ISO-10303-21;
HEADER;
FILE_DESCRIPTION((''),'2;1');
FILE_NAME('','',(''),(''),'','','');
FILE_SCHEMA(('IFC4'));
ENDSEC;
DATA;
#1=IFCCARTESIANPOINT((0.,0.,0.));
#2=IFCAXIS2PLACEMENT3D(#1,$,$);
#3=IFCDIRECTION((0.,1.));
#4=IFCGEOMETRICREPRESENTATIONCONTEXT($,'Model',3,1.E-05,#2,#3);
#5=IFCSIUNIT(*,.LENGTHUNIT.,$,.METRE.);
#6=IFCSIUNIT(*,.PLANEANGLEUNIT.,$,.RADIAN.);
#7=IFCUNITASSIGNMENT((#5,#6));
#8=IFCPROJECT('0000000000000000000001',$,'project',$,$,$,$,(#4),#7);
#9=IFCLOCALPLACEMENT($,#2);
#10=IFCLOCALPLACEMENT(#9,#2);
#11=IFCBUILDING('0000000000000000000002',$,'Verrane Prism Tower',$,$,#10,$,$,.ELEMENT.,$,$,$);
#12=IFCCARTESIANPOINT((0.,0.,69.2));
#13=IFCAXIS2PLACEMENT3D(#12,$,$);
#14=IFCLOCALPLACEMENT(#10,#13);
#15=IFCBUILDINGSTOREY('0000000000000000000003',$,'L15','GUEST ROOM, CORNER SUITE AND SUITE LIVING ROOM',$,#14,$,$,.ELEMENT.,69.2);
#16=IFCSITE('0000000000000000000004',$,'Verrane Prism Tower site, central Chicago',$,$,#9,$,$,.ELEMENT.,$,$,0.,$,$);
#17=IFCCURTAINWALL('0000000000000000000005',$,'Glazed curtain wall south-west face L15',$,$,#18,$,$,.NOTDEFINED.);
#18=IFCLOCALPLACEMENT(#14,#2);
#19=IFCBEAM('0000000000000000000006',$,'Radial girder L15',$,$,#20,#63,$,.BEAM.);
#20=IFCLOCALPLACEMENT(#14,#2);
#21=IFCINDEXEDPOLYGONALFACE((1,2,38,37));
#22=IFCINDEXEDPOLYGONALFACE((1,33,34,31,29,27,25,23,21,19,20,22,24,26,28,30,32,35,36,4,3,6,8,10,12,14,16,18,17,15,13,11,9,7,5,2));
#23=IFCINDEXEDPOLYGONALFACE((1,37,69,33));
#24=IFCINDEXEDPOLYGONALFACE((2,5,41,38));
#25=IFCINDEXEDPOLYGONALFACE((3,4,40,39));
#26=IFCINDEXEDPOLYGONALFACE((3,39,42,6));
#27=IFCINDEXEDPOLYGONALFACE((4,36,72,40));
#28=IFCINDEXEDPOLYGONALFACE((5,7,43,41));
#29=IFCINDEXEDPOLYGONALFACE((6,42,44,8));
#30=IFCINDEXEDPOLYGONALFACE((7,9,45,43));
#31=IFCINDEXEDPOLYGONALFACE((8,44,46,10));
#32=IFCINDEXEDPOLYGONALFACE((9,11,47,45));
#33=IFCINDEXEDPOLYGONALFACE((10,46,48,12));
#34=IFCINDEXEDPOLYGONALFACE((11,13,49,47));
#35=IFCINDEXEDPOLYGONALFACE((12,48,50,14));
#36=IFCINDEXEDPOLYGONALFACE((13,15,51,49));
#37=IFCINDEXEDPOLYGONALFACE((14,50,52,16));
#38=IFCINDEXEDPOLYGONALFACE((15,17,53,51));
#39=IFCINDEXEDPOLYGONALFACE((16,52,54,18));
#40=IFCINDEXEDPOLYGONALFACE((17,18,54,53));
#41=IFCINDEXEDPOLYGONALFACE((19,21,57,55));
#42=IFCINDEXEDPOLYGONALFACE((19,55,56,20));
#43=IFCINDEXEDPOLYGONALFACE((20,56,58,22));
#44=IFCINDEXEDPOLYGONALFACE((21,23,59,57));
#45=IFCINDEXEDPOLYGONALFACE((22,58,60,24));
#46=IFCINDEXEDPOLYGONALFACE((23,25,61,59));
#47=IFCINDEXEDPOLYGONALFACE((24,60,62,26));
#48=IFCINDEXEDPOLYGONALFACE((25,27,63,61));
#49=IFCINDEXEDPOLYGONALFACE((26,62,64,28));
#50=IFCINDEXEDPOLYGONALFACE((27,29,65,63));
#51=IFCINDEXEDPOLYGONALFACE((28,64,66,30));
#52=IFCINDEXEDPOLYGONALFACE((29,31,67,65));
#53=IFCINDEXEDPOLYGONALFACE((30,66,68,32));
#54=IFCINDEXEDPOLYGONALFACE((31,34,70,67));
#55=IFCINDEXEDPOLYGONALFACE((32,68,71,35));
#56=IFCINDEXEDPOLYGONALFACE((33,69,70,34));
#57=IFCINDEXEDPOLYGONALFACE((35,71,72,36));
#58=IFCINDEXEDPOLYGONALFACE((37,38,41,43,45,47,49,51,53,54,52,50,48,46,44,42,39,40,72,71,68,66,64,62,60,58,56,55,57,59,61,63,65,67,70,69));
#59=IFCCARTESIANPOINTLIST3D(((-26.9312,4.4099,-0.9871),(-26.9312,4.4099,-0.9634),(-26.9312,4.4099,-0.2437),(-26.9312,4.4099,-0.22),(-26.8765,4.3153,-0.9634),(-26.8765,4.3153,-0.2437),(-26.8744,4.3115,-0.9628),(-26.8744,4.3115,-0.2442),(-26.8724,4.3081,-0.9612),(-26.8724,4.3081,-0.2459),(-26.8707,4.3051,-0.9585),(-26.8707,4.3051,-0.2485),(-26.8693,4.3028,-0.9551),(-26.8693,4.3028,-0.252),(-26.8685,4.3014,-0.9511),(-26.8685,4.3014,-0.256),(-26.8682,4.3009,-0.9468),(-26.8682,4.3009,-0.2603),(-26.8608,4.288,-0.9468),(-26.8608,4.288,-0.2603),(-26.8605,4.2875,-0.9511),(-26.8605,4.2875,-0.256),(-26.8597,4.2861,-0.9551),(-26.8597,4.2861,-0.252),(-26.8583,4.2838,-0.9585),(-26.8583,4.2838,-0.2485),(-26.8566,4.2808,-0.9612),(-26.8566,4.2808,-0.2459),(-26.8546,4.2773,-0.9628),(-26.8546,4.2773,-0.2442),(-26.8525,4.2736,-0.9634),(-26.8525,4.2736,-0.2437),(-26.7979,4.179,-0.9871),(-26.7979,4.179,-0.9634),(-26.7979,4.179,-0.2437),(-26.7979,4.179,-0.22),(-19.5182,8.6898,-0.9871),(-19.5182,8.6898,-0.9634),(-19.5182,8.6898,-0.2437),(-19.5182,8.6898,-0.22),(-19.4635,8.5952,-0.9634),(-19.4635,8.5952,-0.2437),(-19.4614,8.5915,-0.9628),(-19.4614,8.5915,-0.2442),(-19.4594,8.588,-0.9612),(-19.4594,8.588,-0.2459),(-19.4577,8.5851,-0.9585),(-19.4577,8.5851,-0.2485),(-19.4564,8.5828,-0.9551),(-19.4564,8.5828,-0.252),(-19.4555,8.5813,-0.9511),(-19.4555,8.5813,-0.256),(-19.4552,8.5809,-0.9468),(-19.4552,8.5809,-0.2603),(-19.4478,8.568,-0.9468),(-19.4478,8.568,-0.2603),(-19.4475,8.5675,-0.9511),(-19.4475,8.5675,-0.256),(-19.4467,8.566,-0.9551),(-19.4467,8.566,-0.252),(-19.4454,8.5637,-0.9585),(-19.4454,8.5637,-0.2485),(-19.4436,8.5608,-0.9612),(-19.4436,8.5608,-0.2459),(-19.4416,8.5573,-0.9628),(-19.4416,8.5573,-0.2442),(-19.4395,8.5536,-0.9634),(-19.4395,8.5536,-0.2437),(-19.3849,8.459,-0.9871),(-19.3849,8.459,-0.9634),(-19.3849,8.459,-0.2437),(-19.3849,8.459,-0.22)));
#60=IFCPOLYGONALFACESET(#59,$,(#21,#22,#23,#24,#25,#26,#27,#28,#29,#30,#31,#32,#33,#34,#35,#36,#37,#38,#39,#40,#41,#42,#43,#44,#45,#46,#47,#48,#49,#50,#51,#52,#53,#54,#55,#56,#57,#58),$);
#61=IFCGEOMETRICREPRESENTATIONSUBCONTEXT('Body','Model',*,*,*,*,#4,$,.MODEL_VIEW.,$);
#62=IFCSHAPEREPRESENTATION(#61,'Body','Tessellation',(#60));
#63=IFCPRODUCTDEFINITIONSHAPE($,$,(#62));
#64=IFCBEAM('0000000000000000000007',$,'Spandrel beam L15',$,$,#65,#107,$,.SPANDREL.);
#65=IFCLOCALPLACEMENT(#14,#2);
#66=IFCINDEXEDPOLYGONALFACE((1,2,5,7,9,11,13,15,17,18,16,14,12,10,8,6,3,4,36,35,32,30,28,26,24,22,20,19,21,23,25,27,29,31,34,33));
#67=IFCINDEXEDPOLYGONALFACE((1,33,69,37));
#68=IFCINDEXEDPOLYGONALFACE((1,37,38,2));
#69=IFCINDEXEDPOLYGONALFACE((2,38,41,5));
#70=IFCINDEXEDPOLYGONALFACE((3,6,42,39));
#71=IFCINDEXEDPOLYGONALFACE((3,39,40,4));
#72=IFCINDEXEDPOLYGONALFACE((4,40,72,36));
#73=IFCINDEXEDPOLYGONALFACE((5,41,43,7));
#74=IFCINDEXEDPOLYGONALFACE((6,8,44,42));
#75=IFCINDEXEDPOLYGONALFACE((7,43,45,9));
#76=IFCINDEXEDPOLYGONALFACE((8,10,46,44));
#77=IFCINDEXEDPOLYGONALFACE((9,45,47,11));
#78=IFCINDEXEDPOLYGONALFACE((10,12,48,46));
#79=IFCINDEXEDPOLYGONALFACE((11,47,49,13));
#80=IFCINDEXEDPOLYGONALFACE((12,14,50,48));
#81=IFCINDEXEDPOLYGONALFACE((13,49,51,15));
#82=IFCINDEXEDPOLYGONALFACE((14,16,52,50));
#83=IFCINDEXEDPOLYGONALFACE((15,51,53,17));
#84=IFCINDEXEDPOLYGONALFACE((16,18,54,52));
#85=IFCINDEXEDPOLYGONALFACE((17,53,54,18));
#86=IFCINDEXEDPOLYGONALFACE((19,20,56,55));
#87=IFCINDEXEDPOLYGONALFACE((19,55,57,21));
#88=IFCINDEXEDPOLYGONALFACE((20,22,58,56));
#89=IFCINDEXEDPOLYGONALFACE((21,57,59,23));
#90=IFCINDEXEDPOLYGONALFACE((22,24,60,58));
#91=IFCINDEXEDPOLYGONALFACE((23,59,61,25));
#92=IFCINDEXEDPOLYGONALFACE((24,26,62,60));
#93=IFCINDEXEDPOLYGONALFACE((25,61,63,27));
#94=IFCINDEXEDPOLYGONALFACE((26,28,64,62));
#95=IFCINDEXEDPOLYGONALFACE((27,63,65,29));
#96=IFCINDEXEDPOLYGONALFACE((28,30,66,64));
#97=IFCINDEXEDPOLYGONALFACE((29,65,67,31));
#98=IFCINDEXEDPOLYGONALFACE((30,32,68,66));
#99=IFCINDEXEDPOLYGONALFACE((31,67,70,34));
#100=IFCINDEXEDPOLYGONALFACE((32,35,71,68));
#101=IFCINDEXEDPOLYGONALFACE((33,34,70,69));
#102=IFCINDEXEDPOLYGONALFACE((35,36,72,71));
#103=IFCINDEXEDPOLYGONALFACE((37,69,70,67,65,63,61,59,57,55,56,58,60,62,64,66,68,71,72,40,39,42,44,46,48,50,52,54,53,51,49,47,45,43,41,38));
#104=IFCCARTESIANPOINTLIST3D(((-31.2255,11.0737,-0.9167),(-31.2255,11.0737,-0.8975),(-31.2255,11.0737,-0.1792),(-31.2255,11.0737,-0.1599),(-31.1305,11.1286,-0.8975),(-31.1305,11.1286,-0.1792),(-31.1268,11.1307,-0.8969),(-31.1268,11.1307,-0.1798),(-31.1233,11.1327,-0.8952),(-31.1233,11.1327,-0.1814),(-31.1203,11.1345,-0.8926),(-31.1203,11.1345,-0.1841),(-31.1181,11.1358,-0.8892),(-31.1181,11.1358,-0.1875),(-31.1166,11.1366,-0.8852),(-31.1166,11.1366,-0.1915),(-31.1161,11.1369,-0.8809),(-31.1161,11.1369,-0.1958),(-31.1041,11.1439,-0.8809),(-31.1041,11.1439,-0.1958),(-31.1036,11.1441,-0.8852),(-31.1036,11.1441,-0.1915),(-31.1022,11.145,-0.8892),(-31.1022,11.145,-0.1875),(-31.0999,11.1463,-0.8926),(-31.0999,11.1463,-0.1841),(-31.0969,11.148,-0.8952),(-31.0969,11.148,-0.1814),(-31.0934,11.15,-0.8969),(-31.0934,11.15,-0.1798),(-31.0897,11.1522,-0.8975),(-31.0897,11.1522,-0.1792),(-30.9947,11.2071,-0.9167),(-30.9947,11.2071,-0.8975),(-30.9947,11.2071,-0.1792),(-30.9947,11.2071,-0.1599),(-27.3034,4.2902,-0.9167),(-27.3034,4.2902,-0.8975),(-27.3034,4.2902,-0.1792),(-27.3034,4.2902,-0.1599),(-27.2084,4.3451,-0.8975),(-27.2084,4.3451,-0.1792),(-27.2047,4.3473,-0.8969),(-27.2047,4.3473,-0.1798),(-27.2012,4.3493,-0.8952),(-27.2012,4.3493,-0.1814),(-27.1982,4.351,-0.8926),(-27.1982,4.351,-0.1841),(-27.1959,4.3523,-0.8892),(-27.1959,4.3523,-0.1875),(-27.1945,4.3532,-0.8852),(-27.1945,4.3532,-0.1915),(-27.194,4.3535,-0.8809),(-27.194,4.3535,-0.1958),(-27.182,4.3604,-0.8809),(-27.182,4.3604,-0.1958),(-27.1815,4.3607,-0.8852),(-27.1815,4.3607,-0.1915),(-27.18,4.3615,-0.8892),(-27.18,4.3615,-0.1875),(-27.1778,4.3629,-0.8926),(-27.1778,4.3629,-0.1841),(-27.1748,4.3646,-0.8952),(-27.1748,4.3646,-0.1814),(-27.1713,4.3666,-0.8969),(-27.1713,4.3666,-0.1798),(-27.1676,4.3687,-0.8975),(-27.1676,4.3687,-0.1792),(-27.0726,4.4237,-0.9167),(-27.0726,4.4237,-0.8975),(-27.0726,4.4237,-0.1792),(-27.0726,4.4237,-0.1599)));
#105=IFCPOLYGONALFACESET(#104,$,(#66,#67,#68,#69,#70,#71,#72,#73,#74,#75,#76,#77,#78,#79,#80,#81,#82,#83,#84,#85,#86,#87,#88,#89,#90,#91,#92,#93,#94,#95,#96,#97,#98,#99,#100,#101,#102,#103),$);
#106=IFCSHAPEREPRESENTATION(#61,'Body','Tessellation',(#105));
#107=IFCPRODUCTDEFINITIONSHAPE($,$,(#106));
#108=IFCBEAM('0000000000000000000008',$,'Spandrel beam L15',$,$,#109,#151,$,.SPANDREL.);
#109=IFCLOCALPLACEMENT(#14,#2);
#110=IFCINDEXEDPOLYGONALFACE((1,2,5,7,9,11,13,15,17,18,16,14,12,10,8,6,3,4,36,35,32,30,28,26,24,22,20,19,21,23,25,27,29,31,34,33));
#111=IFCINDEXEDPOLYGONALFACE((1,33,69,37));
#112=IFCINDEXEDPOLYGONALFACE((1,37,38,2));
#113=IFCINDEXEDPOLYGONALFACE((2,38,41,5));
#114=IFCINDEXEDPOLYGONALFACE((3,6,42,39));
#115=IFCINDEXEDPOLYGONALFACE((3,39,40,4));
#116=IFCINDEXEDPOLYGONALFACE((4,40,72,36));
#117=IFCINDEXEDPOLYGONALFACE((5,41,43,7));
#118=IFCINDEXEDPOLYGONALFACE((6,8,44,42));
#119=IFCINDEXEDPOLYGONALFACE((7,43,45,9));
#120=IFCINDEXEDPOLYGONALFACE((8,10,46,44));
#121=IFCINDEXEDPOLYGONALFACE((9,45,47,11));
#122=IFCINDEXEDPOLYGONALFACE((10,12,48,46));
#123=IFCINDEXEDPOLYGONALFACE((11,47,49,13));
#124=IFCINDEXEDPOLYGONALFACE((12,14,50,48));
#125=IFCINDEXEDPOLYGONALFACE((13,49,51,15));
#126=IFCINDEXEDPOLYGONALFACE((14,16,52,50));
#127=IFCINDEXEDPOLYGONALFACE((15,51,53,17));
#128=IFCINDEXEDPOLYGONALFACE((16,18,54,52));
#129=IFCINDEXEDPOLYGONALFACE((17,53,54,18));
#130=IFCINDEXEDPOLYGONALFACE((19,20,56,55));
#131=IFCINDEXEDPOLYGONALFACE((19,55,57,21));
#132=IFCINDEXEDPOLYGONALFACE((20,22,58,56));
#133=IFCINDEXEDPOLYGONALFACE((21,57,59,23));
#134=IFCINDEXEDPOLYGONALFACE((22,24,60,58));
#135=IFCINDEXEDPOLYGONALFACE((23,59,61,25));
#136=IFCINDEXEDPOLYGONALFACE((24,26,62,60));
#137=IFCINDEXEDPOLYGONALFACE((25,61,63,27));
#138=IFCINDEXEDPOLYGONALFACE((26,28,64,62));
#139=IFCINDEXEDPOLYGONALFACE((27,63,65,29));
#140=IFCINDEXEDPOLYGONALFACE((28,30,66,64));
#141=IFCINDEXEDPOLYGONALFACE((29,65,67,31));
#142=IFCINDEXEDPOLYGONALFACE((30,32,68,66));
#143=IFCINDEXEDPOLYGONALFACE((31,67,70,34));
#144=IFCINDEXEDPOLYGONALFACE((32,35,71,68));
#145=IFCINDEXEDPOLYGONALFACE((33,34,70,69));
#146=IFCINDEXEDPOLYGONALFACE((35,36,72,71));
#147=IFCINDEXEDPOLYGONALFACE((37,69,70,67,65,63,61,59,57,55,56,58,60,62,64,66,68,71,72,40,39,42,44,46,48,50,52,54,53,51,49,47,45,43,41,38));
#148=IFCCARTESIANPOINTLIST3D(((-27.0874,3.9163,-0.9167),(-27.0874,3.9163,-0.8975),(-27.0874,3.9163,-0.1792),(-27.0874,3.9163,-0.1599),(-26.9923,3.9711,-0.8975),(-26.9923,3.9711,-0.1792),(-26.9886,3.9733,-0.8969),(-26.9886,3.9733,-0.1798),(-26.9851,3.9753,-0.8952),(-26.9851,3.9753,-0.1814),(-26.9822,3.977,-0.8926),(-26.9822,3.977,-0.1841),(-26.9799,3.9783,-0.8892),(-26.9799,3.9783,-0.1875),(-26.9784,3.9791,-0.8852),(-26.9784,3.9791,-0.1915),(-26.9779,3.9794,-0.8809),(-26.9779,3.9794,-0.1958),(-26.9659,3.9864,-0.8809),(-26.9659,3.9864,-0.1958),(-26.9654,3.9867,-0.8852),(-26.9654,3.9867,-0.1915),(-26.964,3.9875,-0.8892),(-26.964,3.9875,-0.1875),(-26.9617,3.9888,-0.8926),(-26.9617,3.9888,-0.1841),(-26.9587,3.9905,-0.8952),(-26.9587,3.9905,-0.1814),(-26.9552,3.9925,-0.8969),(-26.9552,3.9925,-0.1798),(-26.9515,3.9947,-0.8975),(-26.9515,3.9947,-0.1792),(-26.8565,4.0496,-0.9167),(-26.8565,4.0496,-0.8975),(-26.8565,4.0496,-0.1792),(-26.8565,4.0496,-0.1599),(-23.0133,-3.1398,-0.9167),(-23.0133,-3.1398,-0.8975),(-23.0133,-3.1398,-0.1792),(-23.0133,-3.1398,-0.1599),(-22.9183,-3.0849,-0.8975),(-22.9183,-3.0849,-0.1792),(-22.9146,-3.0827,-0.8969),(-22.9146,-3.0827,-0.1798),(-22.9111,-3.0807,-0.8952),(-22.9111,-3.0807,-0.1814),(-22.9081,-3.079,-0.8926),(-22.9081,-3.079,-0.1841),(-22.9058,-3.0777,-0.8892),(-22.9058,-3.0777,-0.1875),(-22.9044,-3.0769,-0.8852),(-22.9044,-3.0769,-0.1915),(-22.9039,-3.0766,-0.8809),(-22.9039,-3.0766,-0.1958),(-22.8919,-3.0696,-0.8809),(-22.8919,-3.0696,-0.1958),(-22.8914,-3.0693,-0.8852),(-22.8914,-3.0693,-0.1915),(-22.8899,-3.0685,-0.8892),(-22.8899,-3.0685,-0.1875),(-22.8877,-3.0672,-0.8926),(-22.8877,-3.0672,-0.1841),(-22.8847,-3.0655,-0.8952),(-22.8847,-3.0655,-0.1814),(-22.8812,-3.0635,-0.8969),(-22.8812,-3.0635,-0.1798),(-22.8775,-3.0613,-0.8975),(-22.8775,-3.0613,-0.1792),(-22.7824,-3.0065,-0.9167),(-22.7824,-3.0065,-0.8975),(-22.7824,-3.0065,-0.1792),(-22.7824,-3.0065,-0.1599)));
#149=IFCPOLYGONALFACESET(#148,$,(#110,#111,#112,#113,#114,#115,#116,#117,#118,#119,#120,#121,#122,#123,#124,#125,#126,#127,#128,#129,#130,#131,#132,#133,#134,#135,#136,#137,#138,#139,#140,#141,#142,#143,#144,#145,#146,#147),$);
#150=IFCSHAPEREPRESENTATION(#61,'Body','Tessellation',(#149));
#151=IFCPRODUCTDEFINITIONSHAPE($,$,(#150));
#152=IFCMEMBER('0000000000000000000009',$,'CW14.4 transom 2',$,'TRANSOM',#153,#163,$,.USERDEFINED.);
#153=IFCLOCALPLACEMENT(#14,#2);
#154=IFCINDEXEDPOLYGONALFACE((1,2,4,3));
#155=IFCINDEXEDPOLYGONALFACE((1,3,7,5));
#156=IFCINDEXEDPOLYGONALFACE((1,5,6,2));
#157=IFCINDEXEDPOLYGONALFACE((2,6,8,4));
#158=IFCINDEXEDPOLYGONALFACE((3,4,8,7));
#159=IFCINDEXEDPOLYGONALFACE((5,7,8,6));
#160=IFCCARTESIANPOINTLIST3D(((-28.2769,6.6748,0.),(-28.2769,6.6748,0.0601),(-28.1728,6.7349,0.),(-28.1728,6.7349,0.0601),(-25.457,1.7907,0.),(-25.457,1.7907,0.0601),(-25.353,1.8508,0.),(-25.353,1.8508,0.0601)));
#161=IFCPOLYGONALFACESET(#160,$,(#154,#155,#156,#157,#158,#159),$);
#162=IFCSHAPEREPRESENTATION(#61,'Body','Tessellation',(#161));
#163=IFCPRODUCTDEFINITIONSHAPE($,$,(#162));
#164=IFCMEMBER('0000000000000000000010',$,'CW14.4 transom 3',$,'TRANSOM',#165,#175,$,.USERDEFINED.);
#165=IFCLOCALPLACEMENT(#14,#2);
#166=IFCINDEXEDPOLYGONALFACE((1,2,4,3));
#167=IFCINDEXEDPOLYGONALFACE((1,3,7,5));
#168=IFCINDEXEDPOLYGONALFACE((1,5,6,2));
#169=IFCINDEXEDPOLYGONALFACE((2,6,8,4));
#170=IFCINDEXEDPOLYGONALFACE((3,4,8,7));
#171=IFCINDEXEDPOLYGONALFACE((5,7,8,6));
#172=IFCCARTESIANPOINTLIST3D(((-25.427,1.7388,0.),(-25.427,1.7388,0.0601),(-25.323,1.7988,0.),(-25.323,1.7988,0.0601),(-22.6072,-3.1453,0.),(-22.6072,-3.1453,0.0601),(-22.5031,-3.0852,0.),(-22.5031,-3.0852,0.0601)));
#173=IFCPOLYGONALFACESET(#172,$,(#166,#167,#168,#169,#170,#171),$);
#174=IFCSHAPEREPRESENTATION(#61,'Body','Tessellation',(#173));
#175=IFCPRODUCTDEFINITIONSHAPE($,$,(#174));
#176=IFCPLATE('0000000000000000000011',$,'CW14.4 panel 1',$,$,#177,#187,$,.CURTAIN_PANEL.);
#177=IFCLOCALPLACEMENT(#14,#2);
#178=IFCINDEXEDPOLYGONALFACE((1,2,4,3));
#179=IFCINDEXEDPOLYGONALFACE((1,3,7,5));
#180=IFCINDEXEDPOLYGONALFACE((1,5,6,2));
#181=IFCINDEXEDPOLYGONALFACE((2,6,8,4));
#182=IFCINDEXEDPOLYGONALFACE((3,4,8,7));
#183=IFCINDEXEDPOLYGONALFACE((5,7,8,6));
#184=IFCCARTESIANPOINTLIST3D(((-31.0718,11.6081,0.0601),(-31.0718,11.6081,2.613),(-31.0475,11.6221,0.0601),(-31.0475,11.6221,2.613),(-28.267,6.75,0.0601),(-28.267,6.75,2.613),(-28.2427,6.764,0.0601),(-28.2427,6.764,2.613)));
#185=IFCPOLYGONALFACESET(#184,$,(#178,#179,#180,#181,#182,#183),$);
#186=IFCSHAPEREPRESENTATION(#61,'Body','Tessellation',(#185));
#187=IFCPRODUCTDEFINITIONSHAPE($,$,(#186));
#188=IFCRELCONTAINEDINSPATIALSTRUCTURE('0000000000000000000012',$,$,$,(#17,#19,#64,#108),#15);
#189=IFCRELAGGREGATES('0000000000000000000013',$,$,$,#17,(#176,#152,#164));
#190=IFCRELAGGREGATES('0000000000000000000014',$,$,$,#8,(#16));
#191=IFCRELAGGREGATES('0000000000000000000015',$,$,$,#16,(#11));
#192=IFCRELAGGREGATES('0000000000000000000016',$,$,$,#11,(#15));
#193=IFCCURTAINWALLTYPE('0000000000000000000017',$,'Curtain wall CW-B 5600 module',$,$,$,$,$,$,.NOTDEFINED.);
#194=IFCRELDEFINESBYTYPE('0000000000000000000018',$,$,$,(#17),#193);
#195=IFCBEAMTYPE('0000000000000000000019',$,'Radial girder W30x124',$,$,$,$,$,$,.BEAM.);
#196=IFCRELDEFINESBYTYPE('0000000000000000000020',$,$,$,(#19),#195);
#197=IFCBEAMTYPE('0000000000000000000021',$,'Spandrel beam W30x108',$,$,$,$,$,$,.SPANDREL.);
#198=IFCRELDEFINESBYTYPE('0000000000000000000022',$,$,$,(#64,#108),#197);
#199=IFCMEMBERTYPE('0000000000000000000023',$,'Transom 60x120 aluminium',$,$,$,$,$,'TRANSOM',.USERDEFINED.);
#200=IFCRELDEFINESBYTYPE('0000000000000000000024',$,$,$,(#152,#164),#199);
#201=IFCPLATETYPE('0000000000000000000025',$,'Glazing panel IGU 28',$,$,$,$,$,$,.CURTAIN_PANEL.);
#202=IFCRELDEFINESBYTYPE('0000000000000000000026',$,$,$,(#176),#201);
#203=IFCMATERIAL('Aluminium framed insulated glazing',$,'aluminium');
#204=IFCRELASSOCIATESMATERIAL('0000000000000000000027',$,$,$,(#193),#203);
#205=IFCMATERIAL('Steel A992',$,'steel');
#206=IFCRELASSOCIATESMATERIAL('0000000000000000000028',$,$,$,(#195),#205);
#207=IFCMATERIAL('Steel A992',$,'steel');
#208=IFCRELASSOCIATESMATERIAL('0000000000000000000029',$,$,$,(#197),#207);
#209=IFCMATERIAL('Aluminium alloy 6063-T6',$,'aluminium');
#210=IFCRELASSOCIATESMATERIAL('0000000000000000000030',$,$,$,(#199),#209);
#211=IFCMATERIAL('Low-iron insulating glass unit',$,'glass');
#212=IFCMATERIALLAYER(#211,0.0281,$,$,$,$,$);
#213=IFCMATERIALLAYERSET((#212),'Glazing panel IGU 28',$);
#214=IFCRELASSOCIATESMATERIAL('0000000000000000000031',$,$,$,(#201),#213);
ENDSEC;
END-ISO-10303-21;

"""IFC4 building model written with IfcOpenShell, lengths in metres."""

from ifc_helpers import new_model, si_unit, direction, frame, origin, origin_2d, place, context, subcontext, project, spatial, rectangle, i_section, extrude, material, layer, layer_set, material_profile, profile_set, type_object, element, aggregate, save


model = new_model("IFC4")

# Units and contexts
model_context = context("Model", 3, precision=1e-05, world=origin(), true_north=direction((0.0, 1.0)))
body_context = subcontext(model_context, "Body", "Model", "MODEL_VIEW")
ifc_project = project(units=[si_unit("LENGTHUNIT", "METRE"), si_unit("PLANEANGLEUNIT", "RADIAN")], contexts=[model_context])

# Site, building, storey
site_placement = place(None, origin())
site = spatial("IfcSite", under=ifc_project, at=site_placement, Name="Verrane Prism Tower site, central Chicago", CompositionType="ELEMENT", RefElevation=0.0)
building_placement = place(site_placement, origin())
building = spatial("IfcBuilding", under=site, at=building_placement, Name="Verrane Prism Tower", CompositionType="ELEMENT")
storey_placement = place(building_placement, frame((0.0, 0.0, 69.2)))
storey = spatial("IfcBuildingStorey", under=building, at=storey_placement, Name="L15", Description="GUEST ROOM, CORNER SUITE AND SUITE LIVING ROOM", CompositionType="ELEMENT", Elevation=69.2)

# Curtain wall
ifc_material_1 = material(Name="Aluminium framed insulated glazing", Category="aluminium")
curtain_wall_type = type_object("IfcCurtainWallType", Name="Curtain wall CW-B 5600 module", PredefinedType="NOTDEFINED", material=ifc_material_1)
curtain_wall_placement = place(storey_placement, origin())
curtain_wall = element("IfcCurtainWall", 1, at=curtain_wall_placement, inside=storey, type_object=curtain_wall_type, Name="Glazed curtain wall south-west face L15", PredefinedType="NOTDEFINED")

# Beams
ifc_material_2 = material(Name="Steel A992", Category="steel")
ifc_material_profile_1 = material_profile(ifc_material_2, i_section(OverallWidth=0.2666, OverallDepth=0.7671, WebThickness=0.0149, FlangeThickness=0.0237, FilletRadius=0.0166, at=origin_2d()), Name="W30x124")
ifc_profile_set_1 = profile_set([ifc_material_profile_1], Name="Steel A992")
beam_type_1 = type_object("IfcBeamType", Name="Radial girder W30x124", PredefinedType="BEAM", material=ifc_profile_set_1)
beam_1_placement = place(storey_placement, frame((-26.8645, 4.2944, -0.6035), z_axis=(0.866021, 0.500007, 0.0), x_axis=(-0.500007, 0.866021, 0.0)))
element("IfcBeam", 2, at=beam_1_placement, inside=storey, type_object=beam_type_1, Name="Radial girder L15", PredefinedType="BEAM", context=body_context, shape_type="SweptSolid", body=[
    extrude(i_section(OverallWidth=0.2666, OverallDepth=0.7671, WebThickness=0.0149, FlangeThickness=0.0237, FilletRadius=0.0166, at=origin_2d()), origin(), (0.0, 0.0, 1.0), 8.5598),
])
ifc_material_3 = material(Name="Steel A992", Category="steel")
ifc_material_profile_2 = material_profile(ifc_material_3, i_section(OverallWidth=0.2666, OverallDepth=0.7568, WebThickness=0.0139, FlangeThickness=0.0193, FilletRadius=0.0166, at=origin_2d()), Name="W30x108")
ifc_profile_set_2 = profile_set([ifc_material_profile_2], Name="Steel A992")
beam_type_2 = type_object("IfcBeamType", Name="Spandrel beam W30x108", PredefinedType="SPANDREL", material=ifc_profile_set_2)
beam_2_placement = place(storey_placement, frame((-31.1101, 11.1404, -0.5383), z_axis=(0.500545, -0.865711, 0.0), x_axis=(0.865711, 0.500545, 0.0)))
element("IfcBeam", 3, at=beam_2_placement, inside=storey, type_object=beam_type_2, Name="Spandrel beam L15", PredefinedType="SPANDREL", context=body_context, shape_type="SweptSolid", body=[
    extrude(i_section(OverallWidth=0.2666, OverallDepth=0.7568, WebThickness=0.0139, FlangeThickness=0.0193, FilletRadius=0.0166, at=origin_2d()), origin(), (0.0, 0.0, 1.0), 7.8357),
])
beam_3_placement = place(storey_placement, frame((-26.9719, 3.9829, -0.5383), z_axis=(0.500022, -0.866012, 0.0), x_axis=(0.866012, 0.500022, 0.0)))
element("IfcBeam", 4, at=beam_3_placement, inside=storey, type_object=beam_type_2, Name="Spandrel beam L15", PredefinedType="SPANDREL", context=body_context, shape_type="SweptSolid", body=[
    extrude(i_section(OverallWidth=0.2666, OverallDepth=0.7568, WebThickness=0.0139, FlangeThickness=0.0193, FilletRadius=0.0166, at=origin_2d()), origin(), (0.0, 0.0, 1.0), 8.1477),
])

# Members
ifc_material_4 = material(Name="Aluminium alloy 6063-T6", Category="aluminium")
ifc_material_profile_3 = material_profile(ifc_material_4, rectangle(XDim=0.1201, YDim=0.0601, at=origin_2d()), Name="Transom 60x120 aluminium")
ifc_profile_set_3 = profile_set([ifc_material_profile_3], Name="Aluminium alloy 6063-T6")
member_type_1 = type_object("IfcMemberType", Name="Transom 60x120 aluminium", ElementType="TRANSOM", PredefinedType="USERDEFINED", material=ifc_profile_set_3)
member_1_placement = place(storey_placement, frame((-28.2249, 6.7048, 0.03), z_axis=(0.500004, -0.866023, 0.0), x_axis=(0.866023, 0.500004, 0.0)))
member_1 = element("IfcMember", 5, at=member_1_placement, type_object=member_type_1, Name="CW14.4 transom 2", ObjectType="TRANSOM", PredefinedType="USERDEFINED", context=body_context, shape_type="SweptSolid", body=[
    extrude(rectangle(XDim=0.1201, YDim=0.0601, at=origin_2d()), origin(), (0.0, 0.0, 1.0), 5.6396),
])
member_2_placement = place(storey_placement, frame((-25.375, 1.7688, 0.03), z_axis=(0.500004, -0.866023, 0.0), x_axis=(0.866023, 0.500004, 0.0)))
member_2 = element("IfcMember", 6, at=member_2_placement, type_object=member_type_1, Name="CW14.4 transom 3", ObjectType="TRANSOM", PredefinedType="USERDEFINED", context=body_context, shape_type="SweptSolid", body=[
    extrude(rectangle(XDim=0.1201, YDim=0.0601, at=origin_2d()), origin(), (0.0, 0.0, 1.0), 5.6396),
])

# Plate
ifc_material_5 = material(Name="Low-iron insulating glass unit", Category="glass")
ifc_layer_1 = layer(ifc_material_5, 0.0281)
ifc_layer_set_1 = layer_set([ifc_layer_1], Name="Glazing panel IGU 28")
plate_type = type_object("IfcPlateType", Name="Glazing panel IGU 28", PredefinedType="CURTAIN_PANEL", material=ifc_layer_set_1)
plate_1_placement = place(storey_placement, frame((-29.6572, 9.186, 0.0601), z_axis=(0.0, 0.0, 1.0), x_axis=(0.5, -0.866025, 0.0)))
plate_1 = element("IfcPlate", 7, at=plate_1_placement, type_object=plate_type, Name="CW14.4 panel 1", PredefinedType="CURTAIN_PANEL", context=body_context, shape_type="SweptSolid", body=[
    extrude(rectangle(XDim=5.6096, YDim=0.0281, at=origin_2d()), origin(), (0.0, 0.0, 1.0), 2.553),
])
aggregate(curtain_wall, [plate_1, member_1, member_2])

save(model, "model.ifc")
